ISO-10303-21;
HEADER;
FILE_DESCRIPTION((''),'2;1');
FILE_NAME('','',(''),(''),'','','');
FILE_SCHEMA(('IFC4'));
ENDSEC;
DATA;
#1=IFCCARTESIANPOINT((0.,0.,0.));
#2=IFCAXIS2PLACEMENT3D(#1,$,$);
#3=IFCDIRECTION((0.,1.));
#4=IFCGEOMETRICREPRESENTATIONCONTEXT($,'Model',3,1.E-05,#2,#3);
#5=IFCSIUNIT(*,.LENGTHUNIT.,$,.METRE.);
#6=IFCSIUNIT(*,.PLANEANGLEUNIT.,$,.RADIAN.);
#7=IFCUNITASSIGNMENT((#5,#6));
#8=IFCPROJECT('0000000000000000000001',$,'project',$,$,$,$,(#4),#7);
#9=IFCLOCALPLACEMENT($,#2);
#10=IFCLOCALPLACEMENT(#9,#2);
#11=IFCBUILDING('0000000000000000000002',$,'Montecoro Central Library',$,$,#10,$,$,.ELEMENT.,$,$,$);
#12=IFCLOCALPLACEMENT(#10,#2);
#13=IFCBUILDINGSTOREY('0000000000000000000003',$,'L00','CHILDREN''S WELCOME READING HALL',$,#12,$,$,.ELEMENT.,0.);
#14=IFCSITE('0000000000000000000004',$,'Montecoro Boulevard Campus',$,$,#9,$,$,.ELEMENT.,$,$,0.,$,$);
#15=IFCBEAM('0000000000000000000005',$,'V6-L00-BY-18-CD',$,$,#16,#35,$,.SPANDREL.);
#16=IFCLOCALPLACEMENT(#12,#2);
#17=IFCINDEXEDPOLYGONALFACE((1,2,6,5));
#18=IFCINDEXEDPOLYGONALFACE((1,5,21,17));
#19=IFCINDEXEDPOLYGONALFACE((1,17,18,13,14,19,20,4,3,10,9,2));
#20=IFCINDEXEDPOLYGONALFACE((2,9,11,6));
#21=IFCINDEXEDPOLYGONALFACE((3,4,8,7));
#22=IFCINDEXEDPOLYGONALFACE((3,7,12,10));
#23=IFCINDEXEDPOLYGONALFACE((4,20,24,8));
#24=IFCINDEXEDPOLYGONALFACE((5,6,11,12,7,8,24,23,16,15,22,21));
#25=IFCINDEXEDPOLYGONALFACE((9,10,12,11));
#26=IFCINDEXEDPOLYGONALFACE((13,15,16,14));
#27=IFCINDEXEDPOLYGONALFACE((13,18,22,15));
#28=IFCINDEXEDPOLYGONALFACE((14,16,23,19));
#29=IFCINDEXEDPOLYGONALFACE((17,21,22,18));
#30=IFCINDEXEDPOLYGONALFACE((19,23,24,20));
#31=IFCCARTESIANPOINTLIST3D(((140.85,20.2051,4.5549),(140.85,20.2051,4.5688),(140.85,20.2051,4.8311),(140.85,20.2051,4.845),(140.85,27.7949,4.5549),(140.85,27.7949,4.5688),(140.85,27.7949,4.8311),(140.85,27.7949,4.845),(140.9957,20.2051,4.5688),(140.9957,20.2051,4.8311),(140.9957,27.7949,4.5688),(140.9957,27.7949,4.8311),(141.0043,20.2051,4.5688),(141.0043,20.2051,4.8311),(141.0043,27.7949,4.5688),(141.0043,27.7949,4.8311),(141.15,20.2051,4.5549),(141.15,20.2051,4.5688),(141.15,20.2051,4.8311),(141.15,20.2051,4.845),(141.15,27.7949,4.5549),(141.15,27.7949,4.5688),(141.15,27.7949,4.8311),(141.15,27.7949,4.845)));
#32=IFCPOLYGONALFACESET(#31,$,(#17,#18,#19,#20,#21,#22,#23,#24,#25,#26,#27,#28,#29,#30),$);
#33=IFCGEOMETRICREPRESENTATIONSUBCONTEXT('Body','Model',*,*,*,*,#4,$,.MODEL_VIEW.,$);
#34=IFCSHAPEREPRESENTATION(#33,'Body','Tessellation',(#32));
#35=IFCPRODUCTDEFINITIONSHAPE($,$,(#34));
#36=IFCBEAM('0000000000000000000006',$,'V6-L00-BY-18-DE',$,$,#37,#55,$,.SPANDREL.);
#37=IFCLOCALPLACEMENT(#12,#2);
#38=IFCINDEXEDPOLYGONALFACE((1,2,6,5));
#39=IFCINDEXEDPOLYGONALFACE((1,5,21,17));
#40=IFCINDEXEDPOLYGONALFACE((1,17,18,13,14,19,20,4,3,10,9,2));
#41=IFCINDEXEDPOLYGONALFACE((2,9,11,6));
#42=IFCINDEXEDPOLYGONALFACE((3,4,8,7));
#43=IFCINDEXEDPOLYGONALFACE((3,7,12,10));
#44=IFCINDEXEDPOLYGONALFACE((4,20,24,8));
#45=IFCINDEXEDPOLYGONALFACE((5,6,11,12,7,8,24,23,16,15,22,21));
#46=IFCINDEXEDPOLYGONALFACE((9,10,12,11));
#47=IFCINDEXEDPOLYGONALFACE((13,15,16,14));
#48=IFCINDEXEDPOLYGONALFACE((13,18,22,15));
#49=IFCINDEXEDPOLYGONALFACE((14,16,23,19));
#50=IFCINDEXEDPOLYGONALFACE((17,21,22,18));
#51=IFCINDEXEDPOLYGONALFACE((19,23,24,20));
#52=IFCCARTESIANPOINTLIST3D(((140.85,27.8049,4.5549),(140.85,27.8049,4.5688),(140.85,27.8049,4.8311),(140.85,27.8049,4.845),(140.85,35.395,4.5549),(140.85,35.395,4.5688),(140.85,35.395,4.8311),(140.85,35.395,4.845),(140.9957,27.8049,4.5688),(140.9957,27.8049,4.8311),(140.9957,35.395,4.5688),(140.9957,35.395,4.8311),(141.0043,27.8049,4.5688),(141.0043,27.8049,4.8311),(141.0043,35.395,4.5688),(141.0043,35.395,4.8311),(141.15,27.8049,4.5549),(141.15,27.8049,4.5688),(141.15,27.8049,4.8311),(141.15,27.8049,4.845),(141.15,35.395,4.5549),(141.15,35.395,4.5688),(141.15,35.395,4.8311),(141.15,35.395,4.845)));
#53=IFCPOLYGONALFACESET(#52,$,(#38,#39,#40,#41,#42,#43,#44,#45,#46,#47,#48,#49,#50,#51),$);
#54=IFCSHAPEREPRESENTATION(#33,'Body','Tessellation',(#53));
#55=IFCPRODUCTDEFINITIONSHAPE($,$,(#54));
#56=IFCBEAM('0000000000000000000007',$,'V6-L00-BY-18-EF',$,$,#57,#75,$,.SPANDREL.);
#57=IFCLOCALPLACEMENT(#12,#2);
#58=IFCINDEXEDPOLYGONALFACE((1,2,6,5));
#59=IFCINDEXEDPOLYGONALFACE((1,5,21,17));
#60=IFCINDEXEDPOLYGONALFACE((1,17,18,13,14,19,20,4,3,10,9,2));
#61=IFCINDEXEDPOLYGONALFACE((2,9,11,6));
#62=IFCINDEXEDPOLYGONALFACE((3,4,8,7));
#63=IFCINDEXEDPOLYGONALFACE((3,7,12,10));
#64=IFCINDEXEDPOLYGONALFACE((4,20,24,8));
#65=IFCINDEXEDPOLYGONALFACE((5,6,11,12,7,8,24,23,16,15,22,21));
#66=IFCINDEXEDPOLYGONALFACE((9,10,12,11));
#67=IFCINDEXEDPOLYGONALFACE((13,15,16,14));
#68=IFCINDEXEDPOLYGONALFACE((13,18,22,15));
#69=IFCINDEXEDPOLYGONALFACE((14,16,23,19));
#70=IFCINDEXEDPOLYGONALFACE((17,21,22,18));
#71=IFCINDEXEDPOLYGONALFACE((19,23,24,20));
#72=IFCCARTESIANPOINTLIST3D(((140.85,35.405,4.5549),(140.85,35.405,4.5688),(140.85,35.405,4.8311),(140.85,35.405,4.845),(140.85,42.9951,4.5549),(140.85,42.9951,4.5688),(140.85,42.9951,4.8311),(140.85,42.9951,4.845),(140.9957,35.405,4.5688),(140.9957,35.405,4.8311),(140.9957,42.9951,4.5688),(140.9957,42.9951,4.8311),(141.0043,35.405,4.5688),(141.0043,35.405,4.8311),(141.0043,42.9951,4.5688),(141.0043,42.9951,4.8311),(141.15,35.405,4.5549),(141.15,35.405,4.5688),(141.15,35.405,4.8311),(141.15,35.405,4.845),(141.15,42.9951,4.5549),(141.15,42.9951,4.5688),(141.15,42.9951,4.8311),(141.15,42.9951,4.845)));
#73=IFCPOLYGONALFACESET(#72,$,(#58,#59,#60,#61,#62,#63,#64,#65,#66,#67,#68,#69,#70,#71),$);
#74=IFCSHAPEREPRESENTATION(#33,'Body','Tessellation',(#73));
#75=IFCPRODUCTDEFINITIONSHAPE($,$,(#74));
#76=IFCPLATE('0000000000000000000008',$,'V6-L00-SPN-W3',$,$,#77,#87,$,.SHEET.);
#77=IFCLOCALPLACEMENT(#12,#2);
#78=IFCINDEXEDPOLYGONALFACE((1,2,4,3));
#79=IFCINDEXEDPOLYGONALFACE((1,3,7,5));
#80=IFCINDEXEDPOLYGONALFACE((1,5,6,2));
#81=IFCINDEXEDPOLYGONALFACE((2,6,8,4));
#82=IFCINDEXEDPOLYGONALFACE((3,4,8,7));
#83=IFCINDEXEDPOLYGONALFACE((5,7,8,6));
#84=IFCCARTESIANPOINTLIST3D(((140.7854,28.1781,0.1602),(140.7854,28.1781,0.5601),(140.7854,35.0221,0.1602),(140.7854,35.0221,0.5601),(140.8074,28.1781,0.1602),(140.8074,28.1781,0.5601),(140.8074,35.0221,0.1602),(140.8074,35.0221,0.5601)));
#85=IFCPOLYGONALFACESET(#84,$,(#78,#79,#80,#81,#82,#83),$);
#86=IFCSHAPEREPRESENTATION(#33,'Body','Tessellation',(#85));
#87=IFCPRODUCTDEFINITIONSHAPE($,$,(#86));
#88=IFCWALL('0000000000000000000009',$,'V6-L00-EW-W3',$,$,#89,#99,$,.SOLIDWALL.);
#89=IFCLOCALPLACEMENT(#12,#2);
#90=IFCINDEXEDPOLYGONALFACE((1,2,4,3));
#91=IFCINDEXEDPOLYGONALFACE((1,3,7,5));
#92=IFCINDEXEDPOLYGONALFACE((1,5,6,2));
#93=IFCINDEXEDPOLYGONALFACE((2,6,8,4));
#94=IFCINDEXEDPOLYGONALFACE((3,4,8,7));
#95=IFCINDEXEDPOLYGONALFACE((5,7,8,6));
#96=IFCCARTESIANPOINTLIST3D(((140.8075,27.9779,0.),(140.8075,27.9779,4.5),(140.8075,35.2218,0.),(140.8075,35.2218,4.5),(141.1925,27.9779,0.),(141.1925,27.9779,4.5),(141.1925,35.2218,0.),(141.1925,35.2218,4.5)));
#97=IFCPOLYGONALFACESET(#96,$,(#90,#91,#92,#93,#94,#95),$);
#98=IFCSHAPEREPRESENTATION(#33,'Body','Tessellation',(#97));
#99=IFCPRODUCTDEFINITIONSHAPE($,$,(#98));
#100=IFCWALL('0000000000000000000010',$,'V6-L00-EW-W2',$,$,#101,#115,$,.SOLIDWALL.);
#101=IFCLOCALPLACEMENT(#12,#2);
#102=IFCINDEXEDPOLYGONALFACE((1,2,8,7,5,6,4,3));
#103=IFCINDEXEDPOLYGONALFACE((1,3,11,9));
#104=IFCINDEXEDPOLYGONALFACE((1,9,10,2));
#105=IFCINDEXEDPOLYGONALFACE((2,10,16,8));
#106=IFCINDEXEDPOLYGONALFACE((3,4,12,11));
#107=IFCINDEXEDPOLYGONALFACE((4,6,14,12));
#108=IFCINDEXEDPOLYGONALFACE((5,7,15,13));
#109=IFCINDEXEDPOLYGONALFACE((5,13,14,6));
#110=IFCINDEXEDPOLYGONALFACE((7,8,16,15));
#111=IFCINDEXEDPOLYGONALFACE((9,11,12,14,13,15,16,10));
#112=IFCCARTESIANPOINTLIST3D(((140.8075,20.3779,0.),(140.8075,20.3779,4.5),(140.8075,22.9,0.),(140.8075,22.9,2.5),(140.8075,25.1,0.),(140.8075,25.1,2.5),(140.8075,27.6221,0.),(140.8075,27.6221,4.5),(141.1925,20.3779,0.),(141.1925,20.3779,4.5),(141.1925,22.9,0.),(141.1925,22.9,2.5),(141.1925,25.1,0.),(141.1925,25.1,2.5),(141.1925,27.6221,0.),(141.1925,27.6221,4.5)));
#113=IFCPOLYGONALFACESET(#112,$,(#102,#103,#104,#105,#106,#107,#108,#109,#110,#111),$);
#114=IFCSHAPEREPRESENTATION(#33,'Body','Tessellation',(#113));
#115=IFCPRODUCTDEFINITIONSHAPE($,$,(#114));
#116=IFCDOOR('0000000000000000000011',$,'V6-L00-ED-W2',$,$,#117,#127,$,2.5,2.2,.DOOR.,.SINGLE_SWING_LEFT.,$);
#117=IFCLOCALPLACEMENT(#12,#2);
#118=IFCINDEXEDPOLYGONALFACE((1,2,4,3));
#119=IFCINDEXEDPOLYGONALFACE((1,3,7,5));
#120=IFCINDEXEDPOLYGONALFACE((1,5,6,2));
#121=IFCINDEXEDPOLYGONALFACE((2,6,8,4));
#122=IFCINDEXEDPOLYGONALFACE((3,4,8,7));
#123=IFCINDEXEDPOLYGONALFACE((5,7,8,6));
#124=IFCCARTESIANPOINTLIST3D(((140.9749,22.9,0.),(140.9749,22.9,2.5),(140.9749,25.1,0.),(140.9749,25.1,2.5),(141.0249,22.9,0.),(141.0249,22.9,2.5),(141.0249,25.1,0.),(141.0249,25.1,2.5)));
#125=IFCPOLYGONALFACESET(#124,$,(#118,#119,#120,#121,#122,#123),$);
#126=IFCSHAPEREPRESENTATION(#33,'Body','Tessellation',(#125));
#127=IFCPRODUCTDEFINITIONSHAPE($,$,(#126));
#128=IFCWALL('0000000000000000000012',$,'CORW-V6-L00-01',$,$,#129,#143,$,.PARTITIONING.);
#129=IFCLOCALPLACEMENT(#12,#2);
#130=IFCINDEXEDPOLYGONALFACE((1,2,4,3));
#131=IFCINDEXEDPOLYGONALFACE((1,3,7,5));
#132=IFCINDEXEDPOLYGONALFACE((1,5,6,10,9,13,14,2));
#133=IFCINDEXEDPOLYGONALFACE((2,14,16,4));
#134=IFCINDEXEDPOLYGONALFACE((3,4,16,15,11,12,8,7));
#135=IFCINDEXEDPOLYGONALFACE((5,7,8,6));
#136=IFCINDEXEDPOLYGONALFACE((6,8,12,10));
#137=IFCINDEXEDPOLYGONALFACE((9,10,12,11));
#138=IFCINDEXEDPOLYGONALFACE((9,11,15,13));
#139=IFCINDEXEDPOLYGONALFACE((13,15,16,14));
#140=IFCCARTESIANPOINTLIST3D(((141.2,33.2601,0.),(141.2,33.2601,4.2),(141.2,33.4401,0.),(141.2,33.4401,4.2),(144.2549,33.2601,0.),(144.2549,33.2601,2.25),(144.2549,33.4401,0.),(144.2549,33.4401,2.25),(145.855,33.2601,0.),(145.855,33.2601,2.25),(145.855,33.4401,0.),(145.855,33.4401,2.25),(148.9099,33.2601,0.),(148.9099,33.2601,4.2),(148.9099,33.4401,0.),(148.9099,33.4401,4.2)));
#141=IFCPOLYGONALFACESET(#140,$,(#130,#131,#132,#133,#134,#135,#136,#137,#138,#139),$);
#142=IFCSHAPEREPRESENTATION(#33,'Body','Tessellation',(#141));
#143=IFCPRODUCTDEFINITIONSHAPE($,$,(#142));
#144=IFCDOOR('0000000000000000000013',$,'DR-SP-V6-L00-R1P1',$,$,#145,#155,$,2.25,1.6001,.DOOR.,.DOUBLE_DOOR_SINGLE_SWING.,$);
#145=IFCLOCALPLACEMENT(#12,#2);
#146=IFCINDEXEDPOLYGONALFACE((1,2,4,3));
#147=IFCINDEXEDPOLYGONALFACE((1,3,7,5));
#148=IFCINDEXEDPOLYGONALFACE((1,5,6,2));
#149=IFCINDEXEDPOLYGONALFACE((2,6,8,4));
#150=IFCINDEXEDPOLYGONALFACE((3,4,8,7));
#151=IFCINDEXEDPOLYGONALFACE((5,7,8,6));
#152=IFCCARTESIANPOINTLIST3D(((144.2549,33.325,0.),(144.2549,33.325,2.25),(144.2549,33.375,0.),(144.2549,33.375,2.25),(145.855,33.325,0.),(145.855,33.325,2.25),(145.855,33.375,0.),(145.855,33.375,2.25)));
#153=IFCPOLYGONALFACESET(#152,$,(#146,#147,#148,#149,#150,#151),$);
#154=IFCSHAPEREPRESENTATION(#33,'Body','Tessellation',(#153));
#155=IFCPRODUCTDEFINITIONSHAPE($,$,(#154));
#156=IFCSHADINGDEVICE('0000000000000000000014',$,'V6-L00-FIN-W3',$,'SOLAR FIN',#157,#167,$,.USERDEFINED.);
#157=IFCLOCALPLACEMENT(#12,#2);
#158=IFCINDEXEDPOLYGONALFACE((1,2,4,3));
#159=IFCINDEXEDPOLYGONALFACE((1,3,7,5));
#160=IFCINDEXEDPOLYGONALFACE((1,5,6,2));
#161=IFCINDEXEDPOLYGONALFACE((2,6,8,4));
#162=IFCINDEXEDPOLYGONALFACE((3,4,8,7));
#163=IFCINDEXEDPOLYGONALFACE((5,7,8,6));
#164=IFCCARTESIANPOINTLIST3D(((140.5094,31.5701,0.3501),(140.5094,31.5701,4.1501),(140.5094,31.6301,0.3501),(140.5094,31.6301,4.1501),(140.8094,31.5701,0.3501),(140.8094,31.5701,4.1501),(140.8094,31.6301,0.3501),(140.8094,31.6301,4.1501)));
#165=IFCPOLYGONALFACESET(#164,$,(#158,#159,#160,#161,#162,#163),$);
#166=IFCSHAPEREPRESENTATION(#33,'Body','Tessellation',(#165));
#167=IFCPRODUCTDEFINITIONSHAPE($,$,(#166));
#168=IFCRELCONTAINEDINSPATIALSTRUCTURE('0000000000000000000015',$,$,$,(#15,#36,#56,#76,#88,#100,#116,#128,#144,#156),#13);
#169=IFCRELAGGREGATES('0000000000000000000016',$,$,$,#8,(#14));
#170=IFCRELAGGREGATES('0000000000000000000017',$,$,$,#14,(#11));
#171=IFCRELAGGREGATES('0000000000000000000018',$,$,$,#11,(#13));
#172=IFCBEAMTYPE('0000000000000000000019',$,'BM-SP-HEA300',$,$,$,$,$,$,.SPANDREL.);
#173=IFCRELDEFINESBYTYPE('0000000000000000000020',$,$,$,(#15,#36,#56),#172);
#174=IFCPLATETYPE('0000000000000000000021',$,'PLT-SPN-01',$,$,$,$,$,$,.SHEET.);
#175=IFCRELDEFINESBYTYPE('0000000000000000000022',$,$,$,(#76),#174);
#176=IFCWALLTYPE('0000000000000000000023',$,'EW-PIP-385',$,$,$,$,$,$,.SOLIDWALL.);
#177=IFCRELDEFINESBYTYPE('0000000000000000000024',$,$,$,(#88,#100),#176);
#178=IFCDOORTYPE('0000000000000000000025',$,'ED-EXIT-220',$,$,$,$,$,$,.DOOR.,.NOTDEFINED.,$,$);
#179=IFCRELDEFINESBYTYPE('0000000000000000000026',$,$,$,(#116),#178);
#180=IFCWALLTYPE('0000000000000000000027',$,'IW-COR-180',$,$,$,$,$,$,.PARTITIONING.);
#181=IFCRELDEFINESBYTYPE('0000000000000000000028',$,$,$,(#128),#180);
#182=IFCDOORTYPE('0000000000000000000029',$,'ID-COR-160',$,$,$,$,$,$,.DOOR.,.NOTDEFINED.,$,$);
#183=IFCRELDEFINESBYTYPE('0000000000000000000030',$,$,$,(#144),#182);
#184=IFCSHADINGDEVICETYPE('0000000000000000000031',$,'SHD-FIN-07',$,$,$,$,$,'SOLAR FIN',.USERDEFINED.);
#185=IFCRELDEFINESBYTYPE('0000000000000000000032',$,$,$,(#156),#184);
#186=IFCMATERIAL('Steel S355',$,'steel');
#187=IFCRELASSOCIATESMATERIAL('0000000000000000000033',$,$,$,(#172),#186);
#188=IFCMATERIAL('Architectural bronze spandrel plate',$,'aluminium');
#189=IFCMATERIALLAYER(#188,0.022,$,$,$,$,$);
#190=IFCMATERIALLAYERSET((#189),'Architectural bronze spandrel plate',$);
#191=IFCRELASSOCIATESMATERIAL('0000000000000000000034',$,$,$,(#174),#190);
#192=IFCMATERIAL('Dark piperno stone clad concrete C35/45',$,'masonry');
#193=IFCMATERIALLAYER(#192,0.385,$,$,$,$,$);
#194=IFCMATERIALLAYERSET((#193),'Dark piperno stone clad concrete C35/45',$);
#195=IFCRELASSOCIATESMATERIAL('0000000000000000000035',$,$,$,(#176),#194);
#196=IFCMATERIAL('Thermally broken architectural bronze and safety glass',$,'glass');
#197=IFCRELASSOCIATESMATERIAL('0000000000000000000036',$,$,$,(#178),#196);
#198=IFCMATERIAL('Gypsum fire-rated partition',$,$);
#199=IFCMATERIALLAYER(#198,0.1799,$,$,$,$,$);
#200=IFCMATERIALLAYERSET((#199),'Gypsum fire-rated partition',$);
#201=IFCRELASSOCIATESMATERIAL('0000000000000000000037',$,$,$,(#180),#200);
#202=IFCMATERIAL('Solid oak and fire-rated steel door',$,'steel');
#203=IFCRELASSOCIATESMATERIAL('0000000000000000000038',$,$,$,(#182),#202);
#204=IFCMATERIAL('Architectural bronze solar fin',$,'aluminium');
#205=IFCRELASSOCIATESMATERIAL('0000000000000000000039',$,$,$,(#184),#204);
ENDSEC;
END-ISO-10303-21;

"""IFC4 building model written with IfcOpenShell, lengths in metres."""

from ifc_helpers import new_model, si_unit, direction, frame, frame_2d, origin, origin_2d, place, context, subcontext, project, spatial, rectangle, i_section, extrude, material, layer, layer_set, material_profile, profile_set, type_object, element, fill, save


model = new_model("IFC4")

# Units and contexts
model_context = context("Model", 3, precision=1e-05, world=origin(), true_north=direction((0.0, 1.0)))
body_context = subcontext(model_context, "Body", "Model", "MODEL_VIEW")
ifc_project = project(units=[si_unit("LENGTHUNIT", "METRE"), si_unit("PLANEANGLEUNIT", "RADIAN")], contexts=[model_context])

# Site, building, storey
site_placement = place(None, origin())
site = spatial("IfcSite", under=ifc_project, at=site_placement, Name="Montecoro Boulevard Campus", CompositionType="ELEMENT", RefElevation=0.0)
building_placement = place(site_placement, origin())
building = spatial("IfcBuilding", under=site, at=building_placement, Name="Montecoro Central Library", CompositionType="ELEMENT")
storey_placement = place(building_placement, origin())
storey = spatial("IfcBuildingStorey", under=building, at=storey_placement, Name="L00", Description="CHILDREN'S WELCOME READING HALL", CompositionType="ELEMENT", Elevation=0.0)

# Shared definitions
ifc_material_1 = material(Name="Steel S355", Category="steel")

# Beams
ifc_material_profile_1 = material_profile(ifc_material_1, i_section(OverallWidth=0.3, OverallDepth=0.29, WebThickness=0.0085, FlangeThickness=0.0139, at=origin_2d()), Name="HEA 300")
ifc_profile_set_1 = profile_set([ifc_material_profile_1], Name="Steel S355")
beam_type_1 = type_object("IfcBeamType", Name="BM-SP-HEA300", PredefinedType="SPANDREL", material=ifc_profile_set_1)
beam_1_placement = place(storey_placement, frame((141.0, 20.2051, 4.7), z_axis=(0.0, 1.0, 0.0), x_axis=(-1.0, 0.0, 0.0)))
element("IfcBeam", 1, at=beam_1_placement, inside=storey, type_object=beam_type_1, Name="V6-L00-BY-18-CD", PredefinedType="SPANDREL", context=body_context, shape_type="SweptSolid", body=[
    extrude(i_section(OverallWidth=0.3, OverallDepth=0.29, WebThickness=0.0085, FlangeThickness=0.0139, at=origin_2d()), origin(), (0.0, 0.0, 1.0), 7.5898),
])
for number, where, z_axis, x_axis, name in (
    (2, (141.0, 27.8049, 4.7), (0.0, 1.0, 0.0), (-1.0, 0.0, 0.0), "V6-L00-BY-18-DE"),
    (3, (141.0, 35.405, 4.7), (0.0, 1.0, 0.0), (-1.0, 0.0, 0.0), "V6-L00-BY-18-EF"),
):
    element("IfcBeam", number, at=place(storey_placement, frame(where, z_axis=z_axis, x_axis=x_axis)), inside=storey, type_object=beam_type_1, Name=name, PredefinedType="SPANDREL", context=body_context, shape_type="SweptSolid", body=[
        extrude(i_section(OverallWidth=0.3, OverallDepth=0.29, WebThickness=0.0085, FlangeThickness=0.0139, at=origin_2d()), origin(), (0.0, 0.0, 1.0), 7.5901),
    ])

# Plate
ifc_material_2 = material(Name="Architectural bronze spandrel plate", Category="aluminium")
ifc_layer_1 = layer(ifc_material_2, 0.022)
ifc_layer_set_1 = layer_set([ifc_layer_1], Name="Architectural bronze spandrel plate")
plate_type = type_object("IfcPlateType", Name="PLT-SPN-01", PredefinedType="SHEET", material=ifc_layer_set_1)
plate_placement = place(storey_placement, frame((140.7964, 31.6001, 0.1602), z_axis=(0.0, 0.0, 1.0), x_axis=(0.0, -1.0, 0.0)))
element("IfcPlate", 4, at=plate_placement, inside=storey, type_object=plate_type, Name="V6-L00-SPN-W3", PredefinedType="SHEET", context=body_context, shape_type="SweptSolid", body=[
    extrude(rectangle(XDim=6.844, YDim=0.022, at=origin_2d()), origin(), (0.0, 0.0, 1.0), 0.3999),
])

# Wall
ifc_material_3 = material(Name="Dark piperno stone clad concrete C35/45", Category="masonry")
ifc_layer_2 = layer(ifc_material_3, 0.385)
ifc_layer_set_2 = layer_set([ifc_layer_2], Name="Dark piperno stone clad concrete C35/45")
wall_type_1 = type_object("IfcWallType", Name="EW-PIP-385", PredefinedType="SOLIDWALL", material=ifc_layer_set_2)
wall_1_placement = place(storey_placement, frame((141.0, 35.2219, 0.0), z_axis=(0.0, 0.0, 1.0), x_axis=(0.0, -1.0, 0.0)))
element("IfcWall", 5, at=wall_1_placement, inside=storey, type_object=wall_type_1, Name="V6-L00-EW-W3", PredefinedType="SOLIDWALL", context=body_context, shape_type="SweptSolid", body=[
    extrude(rectangle(XDim=7.2439, YDim=0.385, at=frame_2d((3.6221, 0.0))), origin(), (0.0, 0.0, 1.0), 4.5),
])

# Walls, openings, doors
wall_2_placement = place(storey_placement, frame((141.0, 27.6221, 0.0), z_axis=(0.0, 0.0, 1.0), x_axis=(0.0, -1.0, 0.0)))
wall_2 = element("IfcWall", 6, at=wall_2_placement, inside=storey, type_object=wall_type_1, Name="V6-L00-EW-W2", PredefinedType="SOLIDWALL", context=body_context, shape_type="SweptSolid", body=[
    extrude(rectangle(XDim=7.2441, YDim=0.385, at=frame_2d((3.6221, 0.0))), origin(), (0.0, 0.0, 1.0), 4.5),
])
opening_1_placement = place(wall_2_placement, frame((2.522, 0.0, 0.0)))
opening_1 = element("IfcOpeningElement", 7, at=opening_1_placement, cuts=wall_2, PredefinedType="OPENING", context=body_context, shape_type="SweptSolid", body=[
    extrude(rectangle(XDim=2.2, YDim=2.5, at=frame_2d((1.1001, 1.25))), frame((0.0, 0.2024, 0.0), z_axis=(0.0, -1.0, 0.0), x_axis=(1.0, 0.0, 0.0)), (0.0, 0.0, 1.0), 0.405),
])
ifc_material_4 = material(Name="Thermally broken architectural bronze and safety glass", Category="glass")
door_type_1 = type_object("IfcDoorType", Name="ED-EXIT-220", OperationType="NOTDEFINED", PredefinedType="DOOR", material=ifc_material_4)
door_1_placement = place(opening_1_placement, origin())
door_1 = element("IfcDoor", 8, at=door_1_placement, inside=storey, type_object=door_type_1, Name="V6-L00-ED-W2", OperationType="SINGLE_SWING_LEFT", OverallHeight=2.5, OverallWidth=2.2, PredefinedType="DOOR", context=body_context, shape_type="SweptSolid", body=[
    extrude(rectangle(XDim=2.2, YDim=2.5, at=frame_2d((1.1001, 1.25))), frame((0.0, 0.0249, 0.0), z_axis=(0.0, -1.0, 0.0), x_axis=(1.0, 0.0, 0.0)), (0.0, 0.0, 1.0), 0.05),
])
fill(opening_1, door_1)
ifc_material_5 = material(Name="Gypsum fire-rated partition")
ifc_layer_3 = layer(ifc_material_5, 0.1799)
ifc_layer_set_3 = layer_set([ifc_layer_3], Name="Gypsum fire-rated partition")
wall_type_2 = type_object("IfcWallType", Name="IW-COR-180", PredefinedType="PARTITIONING", material=ifc_layer_set_3)
wall_3_placement = place(storey_placement, frame((141.2, 33.3501, 0.0), z_axis=(0.0, 0.0, 1.0), x_axis=(1.0, 0.0, 0.0)))
wall_3 = element("IfcWall", 9, at=wall_3_placement, inside=storey, type_object=wall_type_2, Name="CORW-V6-L00-01", PredefinedType="PARTITIONING", context=body_context, shape_type="SweptSolid", body=[
    extrude(rectangle(XDim=7.71, YDim=0.1799, at=frame_2d((3.855, 0.0))), origin(), (0.0, 0.0, 1.0), 4.2),
])
opening_2_placement = place(wall_3_placement, frame((3.0549, 0.0, 0.0)))
opening_2 = element("IfcOpeningElement", 10, at=opening_2_placement, cuts=wall_3, PredefinedType="OPENING", context=body_context, shape_type="SweptSolid", body=[
    extrude(rectangle(XDim=1.6001, YDim=2.25, at=frame_2d((0.8, 1.125))), frame((0.0, 0.0999, 0.0), z_axis=(0.0, -1.0, 0.0), x_axis=(1.0, 0.0, 0.0)), (0.0, 0.0, 1.0), 0.2),
])
ifc_material_6 = material(Name="Solid oak and fire-rated steel door", Category="steel")
door_type_2 = type_object("IfcDoorType", Name="ID-COR-160", OperationType="NOTDEFINED", PredefinedType="DOOR", material=ifc_material_6)
door_2_placement = place(opening_2_placement, origin())
door_2 = element("IfcDoor", 11, at=door_2_placement, inside=storey, type_object=door_type_2, Name="DR-SP-V6-L00-R1P1", OperationType="DOUBLE_DOOR_SINGLE_SWING", OverallHeight=2.25, OverallWidth=1.6001, PredefinedType="DOOR", context=body_context, shape_type="SweptSolid", body=[
    extrude(rectangle(XDim=1.6001, YDim=2.25, at=frame_2d((0.8, 1.125))), frame((0.0, 0.0249, 0.0), z_axis=(0.0, -1.0, 0.0), x_axis=(1.0, 0.0, 0.0)), (0.0, 0.0, 1.0), 0.05),
])
fill(opening_2, door_2)

# Shading device
ifc_material_7 = material(Name="Architectural bronze solar fin", Category="aluminium")
shading_device_type = type_object("IfcShadingDeviceType", Name="SHD-FIN-07", ElementType="SOLAR FIN", PredefinedType="USERDEFINED", material=ifc_material_7)
shading_device_placement = place(storey_placement, frame((140.6594, 31.6001, 0.3501), z_axis=(0.0, 0.0, 1.0), x_axis=(0.0, -1.0, 0.0)))
element("IfcShadingDevice", 12, at=shading_device_placement, inside=storey, type_object=shading_device_type, Name="V6-L00-FIN-W3", ObjectType="SOLAR FIN", PredefinedType="USERDEFINED", context=body_context, shape_type="SweptSolid", body=[
    extrude(rectangle(XDim=0.0601, YDim=0.3, at=origin_2d()), origin(), (0.0, 0.0, 1.0), 3.8),
])

save(model, "model.ifc")
